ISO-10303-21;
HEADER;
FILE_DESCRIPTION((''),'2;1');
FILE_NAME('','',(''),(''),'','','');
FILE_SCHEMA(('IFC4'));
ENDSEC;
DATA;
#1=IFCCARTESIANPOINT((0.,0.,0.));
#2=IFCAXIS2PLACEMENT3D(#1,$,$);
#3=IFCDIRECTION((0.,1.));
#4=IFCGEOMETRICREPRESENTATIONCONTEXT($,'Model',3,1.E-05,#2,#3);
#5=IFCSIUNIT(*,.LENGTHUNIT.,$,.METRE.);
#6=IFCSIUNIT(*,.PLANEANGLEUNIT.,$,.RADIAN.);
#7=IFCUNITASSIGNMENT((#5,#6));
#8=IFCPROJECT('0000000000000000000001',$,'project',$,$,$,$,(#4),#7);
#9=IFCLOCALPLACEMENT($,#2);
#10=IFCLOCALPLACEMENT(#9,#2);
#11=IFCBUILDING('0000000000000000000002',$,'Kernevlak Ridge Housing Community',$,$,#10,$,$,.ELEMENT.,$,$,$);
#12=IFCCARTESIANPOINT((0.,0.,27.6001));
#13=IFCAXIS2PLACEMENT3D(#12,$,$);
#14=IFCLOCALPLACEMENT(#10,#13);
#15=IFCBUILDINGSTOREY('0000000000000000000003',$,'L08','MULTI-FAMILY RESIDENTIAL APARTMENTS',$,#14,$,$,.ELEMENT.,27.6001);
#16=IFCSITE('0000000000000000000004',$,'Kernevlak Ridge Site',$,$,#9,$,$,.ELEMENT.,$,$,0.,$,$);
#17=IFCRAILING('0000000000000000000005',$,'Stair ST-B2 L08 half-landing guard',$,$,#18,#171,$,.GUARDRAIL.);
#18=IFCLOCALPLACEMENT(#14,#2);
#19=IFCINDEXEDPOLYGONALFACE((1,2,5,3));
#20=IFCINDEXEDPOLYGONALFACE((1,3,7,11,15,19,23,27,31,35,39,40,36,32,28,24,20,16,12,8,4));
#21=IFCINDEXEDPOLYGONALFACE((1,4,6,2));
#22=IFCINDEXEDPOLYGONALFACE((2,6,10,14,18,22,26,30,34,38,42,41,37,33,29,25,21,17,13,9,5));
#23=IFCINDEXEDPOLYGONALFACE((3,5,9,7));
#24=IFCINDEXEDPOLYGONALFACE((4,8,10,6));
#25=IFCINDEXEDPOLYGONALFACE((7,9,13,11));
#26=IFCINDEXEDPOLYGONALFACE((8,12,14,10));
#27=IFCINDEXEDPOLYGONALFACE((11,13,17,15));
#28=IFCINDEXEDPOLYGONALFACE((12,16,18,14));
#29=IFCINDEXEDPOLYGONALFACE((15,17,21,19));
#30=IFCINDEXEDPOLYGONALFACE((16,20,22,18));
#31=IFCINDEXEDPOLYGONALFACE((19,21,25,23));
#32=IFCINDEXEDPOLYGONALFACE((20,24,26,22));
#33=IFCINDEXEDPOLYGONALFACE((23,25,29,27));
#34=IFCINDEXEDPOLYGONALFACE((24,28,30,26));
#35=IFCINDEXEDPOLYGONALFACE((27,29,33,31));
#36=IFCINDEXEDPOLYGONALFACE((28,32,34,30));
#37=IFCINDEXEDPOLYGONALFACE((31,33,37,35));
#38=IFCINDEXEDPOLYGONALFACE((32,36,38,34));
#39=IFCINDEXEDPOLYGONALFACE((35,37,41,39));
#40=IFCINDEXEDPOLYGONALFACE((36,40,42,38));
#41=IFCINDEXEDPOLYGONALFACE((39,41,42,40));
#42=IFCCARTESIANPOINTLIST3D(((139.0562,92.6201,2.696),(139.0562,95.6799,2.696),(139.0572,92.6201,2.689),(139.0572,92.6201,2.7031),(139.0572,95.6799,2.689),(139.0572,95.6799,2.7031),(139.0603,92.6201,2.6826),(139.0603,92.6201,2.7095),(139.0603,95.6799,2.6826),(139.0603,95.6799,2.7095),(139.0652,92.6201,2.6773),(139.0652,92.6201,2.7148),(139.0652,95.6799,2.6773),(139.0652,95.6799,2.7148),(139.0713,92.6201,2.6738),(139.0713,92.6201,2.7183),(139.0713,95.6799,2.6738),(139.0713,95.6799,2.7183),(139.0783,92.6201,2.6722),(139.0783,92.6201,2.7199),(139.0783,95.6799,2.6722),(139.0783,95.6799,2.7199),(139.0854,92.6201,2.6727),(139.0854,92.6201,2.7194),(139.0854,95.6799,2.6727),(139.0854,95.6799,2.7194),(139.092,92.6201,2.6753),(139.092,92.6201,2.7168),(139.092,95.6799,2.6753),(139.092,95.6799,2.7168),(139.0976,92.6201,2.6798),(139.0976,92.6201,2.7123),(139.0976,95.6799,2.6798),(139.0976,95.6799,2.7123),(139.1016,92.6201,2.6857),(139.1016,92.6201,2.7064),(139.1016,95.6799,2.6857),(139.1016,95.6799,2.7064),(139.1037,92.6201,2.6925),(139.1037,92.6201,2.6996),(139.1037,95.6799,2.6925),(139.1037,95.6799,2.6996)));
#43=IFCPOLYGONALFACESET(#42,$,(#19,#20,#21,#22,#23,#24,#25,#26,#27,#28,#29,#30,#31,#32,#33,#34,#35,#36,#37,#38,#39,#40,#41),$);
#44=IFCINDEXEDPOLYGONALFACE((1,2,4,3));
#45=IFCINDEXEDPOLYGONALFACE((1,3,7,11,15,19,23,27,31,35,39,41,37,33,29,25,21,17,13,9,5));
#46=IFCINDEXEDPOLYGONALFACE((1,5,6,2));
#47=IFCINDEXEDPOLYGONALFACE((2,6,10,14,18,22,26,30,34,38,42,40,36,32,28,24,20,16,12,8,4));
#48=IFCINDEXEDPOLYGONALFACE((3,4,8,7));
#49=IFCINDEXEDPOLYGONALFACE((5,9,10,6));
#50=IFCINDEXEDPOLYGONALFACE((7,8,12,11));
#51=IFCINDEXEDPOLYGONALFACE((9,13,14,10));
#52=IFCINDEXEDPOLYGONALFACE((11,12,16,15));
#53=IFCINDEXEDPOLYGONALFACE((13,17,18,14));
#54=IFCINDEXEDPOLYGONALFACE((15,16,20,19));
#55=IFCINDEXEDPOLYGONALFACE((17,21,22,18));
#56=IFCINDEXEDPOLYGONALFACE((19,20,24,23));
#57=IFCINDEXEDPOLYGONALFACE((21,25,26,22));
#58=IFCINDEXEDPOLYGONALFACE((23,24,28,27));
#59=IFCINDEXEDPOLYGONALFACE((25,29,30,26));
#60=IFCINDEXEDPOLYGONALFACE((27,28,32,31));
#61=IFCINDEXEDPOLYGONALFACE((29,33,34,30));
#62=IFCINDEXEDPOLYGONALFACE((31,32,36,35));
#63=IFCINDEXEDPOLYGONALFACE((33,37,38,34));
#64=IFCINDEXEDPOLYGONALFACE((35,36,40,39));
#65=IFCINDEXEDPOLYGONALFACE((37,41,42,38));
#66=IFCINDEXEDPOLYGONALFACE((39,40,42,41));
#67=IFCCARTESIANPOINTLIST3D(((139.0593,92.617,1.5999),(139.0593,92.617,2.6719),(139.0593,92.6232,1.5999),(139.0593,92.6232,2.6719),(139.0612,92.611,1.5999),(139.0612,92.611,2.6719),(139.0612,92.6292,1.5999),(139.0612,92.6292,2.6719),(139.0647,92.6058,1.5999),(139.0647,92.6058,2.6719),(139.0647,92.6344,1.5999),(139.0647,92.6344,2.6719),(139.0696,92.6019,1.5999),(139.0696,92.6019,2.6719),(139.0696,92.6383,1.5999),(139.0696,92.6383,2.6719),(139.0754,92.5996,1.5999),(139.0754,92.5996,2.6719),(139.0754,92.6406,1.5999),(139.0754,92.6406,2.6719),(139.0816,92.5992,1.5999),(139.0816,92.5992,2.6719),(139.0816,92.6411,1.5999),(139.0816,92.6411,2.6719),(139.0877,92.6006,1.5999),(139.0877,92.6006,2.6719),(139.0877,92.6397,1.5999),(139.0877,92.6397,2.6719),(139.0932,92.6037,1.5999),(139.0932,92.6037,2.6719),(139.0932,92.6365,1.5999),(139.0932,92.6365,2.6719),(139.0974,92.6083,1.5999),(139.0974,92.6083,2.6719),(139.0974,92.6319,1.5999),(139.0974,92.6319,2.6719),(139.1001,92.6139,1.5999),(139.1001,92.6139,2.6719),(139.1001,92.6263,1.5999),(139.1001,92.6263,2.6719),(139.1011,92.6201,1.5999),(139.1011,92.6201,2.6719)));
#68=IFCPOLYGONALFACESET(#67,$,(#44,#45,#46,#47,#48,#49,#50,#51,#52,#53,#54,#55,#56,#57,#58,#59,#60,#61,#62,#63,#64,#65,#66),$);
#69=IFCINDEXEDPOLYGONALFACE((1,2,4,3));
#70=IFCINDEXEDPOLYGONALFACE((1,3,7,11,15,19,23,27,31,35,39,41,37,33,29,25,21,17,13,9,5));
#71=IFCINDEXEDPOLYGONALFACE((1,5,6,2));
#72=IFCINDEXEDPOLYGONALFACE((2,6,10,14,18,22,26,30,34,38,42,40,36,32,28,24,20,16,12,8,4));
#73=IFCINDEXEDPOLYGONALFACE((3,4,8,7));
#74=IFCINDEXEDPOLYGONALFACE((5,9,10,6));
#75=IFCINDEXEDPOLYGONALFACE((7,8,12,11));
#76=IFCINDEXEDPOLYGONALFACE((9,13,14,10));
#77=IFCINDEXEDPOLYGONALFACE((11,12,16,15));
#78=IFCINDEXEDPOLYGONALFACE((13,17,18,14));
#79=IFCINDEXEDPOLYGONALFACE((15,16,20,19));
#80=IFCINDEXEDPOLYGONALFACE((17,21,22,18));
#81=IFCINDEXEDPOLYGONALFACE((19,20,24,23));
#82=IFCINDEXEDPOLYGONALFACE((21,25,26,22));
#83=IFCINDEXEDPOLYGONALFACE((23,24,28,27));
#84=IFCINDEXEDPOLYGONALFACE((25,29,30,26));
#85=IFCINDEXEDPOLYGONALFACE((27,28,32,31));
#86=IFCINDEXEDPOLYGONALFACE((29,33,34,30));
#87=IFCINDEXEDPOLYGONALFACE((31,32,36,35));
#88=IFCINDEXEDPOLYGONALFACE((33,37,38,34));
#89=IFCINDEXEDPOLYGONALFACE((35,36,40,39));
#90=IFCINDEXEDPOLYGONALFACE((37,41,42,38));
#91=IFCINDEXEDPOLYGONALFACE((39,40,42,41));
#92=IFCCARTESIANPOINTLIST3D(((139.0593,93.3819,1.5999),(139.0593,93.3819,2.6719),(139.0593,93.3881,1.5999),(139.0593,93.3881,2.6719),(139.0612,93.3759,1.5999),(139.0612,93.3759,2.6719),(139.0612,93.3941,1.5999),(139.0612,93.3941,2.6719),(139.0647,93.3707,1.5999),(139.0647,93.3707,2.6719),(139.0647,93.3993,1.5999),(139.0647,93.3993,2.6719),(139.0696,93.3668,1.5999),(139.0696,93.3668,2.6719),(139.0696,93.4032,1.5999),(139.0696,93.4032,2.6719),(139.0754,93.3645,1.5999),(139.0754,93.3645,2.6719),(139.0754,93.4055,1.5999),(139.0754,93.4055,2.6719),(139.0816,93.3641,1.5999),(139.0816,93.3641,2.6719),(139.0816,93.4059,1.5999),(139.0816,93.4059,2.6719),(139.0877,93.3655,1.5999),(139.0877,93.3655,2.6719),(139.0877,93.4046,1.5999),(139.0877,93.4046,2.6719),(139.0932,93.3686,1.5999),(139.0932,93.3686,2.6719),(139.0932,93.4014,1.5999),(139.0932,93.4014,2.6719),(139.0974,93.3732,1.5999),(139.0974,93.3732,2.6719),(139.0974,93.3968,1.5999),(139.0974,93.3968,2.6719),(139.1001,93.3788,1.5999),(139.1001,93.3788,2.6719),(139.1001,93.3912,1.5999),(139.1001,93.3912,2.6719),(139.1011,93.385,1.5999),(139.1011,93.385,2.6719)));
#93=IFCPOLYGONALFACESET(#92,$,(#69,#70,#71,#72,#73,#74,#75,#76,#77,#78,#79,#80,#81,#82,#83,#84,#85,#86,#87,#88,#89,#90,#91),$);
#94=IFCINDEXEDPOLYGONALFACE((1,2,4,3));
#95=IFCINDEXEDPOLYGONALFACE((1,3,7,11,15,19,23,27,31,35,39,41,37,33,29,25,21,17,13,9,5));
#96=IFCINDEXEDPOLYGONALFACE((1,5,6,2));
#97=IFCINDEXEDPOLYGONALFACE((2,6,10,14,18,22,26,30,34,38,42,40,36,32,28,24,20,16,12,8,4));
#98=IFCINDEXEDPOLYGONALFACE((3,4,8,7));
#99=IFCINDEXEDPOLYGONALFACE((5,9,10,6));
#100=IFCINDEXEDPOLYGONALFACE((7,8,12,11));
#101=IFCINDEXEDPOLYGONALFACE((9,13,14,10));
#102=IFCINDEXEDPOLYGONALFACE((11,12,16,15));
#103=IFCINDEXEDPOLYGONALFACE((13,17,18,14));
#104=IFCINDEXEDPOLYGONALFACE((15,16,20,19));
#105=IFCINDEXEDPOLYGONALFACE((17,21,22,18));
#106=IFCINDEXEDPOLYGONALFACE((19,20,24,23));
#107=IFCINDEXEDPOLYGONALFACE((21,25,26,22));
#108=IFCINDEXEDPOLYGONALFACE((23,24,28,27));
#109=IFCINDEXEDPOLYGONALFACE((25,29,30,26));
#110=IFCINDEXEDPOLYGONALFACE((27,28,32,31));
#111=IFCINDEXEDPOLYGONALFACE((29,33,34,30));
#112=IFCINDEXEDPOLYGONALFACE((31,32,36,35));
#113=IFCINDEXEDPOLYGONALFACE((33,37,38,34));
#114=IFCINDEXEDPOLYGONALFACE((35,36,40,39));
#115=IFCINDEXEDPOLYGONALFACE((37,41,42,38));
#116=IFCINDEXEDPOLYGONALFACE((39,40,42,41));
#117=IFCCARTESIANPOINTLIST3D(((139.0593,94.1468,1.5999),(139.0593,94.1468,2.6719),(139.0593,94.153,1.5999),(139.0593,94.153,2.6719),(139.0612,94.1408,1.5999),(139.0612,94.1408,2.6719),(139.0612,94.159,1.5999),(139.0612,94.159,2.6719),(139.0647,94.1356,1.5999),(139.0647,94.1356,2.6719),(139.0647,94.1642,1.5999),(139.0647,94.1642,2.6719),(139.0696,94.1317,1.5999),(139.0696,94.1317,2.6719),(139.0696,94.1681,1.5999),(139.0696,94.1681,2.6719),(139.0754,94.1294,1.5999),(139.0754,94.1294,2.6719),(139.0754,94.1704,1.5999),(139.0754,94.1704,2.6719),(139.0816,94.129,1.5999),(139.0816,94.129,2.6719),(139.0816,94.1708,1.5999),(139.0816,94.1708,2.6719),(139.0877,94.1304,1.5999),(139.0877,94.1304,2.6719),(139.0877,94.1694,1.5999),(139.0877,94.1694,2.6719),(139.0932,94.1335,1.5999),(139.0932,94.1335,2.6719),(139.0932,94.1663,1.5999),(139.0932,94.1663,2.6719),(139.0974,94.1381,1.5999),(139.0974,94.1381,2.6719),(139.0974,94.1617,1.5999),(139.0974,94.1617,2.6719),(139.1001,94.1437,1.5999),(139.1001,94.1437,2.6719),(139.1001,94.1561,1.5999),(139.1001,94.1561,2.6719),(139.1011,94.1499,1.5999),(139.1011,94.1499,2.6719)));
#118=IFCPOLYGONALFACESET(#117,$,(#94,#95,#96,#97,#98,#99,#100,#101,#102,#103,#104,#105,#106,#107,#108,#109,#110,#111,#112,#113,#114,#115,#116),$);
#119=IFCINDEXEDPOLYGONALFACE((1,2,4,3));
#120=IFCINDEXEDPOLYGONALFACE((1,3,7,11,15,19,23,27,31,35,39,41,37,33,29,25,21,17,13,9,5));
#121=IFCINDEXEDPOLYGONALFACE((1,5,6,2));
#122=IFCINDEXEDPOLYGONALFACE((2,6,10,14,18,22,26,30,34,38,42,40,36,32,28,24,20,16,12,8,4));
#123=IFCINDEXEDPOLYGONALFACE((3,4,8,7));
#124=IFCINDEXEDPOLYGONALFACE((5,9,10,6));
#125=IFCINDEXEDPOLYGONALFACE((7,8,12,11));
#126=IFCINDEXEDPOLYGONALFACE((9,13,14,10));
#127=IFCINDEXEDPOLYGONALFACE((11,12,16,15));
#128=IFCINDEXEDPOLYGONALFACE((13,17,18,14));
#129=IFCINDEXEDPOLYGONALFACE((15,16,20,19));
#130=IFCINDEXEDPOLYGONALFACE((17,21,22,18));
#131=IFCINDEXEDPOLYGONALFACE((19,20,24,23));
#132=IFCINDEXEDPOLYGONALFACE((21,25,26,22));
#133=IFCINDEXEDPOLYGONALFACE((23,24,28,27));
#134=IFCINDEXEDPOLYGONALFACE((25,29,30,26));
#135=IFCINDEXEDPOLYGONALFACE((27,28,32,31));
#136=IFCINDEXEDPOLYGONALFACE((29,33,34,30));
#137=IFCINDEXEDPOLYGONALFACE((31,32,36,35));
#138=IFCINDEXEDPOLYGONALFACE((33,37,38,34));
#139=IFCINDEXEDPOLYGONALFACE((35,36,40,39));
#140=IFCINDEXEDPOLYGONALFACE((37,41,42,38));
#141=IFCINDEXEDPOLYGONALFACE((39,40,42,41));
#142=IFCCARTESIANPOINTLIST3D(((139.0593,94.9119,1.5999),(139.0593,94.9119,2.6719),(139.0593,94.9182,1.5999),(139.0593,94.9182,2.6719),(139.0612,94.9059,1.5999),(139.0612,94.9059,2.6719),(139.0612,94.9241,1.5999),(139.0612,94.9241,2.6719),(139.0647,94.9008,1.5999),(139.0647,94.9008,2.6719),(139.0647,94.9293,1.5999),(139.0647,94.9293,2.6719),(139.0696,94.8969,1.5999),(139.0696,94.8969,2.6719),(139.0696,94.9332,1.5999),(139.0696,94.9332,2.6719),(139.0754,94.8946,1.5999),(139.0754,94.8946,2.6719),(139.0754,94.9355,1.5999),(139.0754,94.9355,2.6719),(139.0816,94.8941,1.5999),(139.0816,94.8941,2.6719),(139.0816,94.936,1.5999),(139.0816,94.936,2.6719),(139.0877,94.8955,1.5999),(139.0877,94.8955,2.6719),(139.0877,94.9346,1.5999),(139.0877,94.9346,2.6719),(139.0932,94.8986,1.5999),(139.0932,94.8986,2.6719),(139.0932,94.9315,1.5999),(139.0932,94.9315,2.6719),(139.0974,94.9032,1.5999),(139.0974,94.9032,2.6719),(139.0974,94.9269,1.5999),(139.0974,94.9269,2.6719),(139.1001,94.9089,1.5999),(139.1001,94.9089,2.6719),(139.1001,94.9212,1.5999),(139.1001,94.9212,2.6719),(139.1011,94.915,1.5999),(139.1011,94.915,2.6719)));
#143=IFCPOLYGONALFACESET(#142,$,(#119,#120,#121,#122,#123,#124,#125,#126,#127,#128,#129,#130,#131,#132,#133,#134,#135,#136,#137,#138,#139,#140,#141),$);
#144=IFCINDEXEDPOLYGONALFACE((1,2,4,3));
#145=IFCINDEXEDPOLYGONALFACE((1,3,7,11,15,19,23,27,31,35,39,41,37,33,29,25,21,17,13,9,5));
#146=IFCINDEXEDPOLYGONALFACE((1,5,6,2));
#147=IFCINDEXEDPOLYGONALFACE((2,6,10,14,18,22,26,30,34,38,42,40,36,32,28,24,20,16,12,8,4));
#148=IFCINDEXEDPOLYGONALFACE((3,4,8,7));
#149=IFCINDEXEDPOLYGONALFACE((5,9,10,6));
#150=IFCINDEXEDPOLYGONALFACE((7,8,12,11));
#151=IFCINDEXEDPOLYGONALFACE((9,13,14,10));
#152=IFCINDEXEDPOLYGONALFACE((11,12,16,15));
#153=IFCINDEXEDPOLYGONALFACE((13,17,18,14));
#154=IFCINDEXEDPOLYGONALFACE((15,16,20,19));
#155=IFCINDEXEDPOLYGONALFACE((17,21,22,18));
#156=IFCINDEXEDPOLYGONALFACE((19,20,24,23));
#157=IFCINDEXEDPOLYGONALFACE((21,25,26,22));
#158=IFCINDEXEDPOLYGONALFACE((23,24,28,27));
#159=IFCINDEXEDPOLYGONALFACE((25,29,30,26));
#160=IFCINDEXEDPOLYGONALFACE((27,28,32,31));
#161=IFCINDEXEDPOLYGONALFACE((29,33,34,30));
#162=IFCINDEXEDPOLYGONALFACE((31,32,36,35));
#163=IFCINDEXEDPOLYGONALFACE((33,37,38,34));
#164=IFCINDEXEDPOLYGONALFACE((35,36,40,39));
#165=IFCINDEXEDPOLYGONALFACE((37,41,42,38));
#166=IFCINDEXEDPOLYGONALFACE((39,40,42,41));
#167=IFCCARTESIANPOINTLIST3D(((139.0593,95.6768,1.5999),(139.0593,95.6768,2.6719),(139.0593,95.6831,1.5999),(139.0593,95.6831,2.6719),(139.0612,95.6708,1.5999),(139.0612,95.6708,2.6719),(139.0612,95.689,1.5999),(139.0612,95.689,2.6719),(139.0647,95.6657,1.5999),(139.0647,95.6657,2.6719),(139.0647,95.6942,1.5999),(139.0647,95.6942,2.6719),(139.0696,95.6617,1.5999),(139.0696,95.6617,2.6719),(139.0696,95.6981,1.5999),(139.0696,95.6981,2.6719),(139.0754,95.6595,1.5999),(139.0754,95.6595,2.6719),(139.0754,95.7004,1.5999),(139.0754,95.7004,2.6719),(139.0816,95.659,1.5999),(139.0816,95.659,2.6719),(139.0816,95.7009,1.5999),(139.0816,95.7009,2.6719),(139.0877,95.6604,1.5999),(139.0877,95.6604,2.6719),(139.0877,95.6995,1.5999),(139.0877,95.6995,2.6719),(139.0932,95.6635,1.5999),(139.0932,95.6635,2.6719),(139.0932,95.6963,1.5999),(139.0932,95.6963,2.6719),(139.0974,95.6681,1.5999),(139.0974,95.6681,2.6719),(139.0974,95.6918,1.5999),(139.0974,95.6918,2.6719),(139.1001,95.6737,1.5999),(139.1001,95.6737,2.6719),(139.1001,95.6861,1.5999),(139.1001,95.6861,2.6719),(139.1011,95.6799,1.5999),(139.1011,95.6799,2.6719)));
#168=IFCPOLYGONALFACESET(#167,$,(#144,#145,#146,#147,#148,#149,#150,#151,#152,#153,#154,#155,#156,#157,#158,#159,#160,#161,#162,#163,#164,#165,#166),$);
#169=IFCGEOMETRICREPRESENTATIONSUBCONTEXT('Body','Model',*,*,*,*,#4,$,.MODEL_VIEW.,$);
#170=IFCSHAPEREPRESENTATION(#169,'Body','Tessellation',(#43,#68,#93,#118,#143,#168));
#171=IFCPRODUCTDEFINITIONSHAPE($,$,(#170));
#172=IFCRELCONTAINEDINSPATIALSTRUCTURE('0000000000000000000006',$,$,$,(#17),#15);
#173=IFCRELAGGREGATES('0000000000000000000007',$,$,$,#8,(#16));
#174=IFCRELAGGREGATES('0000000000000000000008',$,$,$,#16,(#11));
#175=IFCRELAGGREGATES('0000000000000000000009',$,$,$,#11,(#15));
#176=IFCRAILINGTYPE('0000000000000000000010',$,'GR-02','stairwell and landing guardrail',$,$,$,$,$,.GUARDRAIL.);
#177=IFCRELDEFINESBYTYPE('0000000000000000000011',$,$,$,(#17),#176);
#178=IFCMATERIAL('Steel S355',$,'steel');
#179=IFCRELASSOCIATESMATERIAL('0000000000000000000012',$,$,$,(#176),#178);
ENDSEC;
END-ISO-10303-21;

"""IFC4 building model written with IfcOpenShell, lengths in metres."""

from ifc_helpers import new_model, si_unit, direction, frame, origin, origin_2d, place, context, subcontext, project, spatial, circle, extrude, material, type_object, element, save


model = new_model("IFC4")

# Units and contexts
model_context = context("Model", 3, precision=1e-05, world=origin(), true_north=direction((0.0, 1.0)))
body_context = subcontext(model_context, "Body", "Model", "MODEL_VIEW")
ifc_project = project(units=[si_unit("LENGTHUNIT", "METRE"), si_unit("PLANEANGLEUNIT", "RADIAN")], contexts=[model_context])

# Site, building, storey
site_placement = place(None, origin())
site = spatial("IfcSite", under=ifc_project, at=site_placement, Name="Kernevlak Ridge Site", CompositionType="ELEMENT", RefElevation=0.0)
building_placement = place(site_placement, origin())
building = spatial("IfcBuilding", under=site, at=building_placement, Name="Kernevlak Ridge Housing Community", CompositionType="ELEMENT")
storey_placement = place(building_placement, frame((0.0, 0.0, 27.6001)))
storey = spatial("IfcBuildingStorey", under=building, at=storey_placement, Name="L08", Description="MULTI-FAMILY RESIDENTIAL APARTMENTS", CompositionType="ELEMENT", Elevation=27.6001)

# Railing
ifc_material_1 = material(Name="Steel S355", Category="steel")
railing_type_1 = type_object("IfcRailingType", Name="GR-02", Description="stairwell and landing guardrail", PredefinedType="GUARDRAIL", material=ifc_material_1)
railing_1_placement = place(storey_placement, frame((139.0801, 92.6201, 1.5999)))
element("IfcRailing", 1, at=railing_1_placement, inside=storey, type_object=railing_type_1, Name="Stair ST-B2 L08 half-landing guard", PredefinedType="GUARDRAIL", context=body_context, shape_type="SweptSolid", body=[
    extrude(circle(Radius=0.0239, at=origin_2d()), frame((0.0, 0.0, 1.0962), z_axis=(0.0, 1.0, 0.0), x_axis=(-1.0, 0.0, 0.0)), (0.0, 0.0, 1.0), 3.0598),
    extrude(circle(Radius=0.021, at=origin_2d()), origin(), (0.0, 0.0, 1.0), 1.072),
    extrude(circle(Radius=0.021, at=origin_2d()), frame((0.0, 0.7649, 0.0)), (0.0, 0.0, 1.0), 1.072),
    extrude(circle(Radius=0.021, at=origin_2d()), frame((0.0, 1.5298, 0.0)), (0.0, 0.0, 1.0), 1.072),
    extrude(circle(Radius=0.021, at=origin_2d()), frame((0.0, 2.2949, 0.0)), (0.0, 0.0, 1.0), 1.072),
    extrude(circle(Radius=0.021, at=origin_2d()), frame((0.0, 3.0598, 0.0)), (0.0, 0.0, 1.0), 1.072),
])

save(model, "model.ifc")
